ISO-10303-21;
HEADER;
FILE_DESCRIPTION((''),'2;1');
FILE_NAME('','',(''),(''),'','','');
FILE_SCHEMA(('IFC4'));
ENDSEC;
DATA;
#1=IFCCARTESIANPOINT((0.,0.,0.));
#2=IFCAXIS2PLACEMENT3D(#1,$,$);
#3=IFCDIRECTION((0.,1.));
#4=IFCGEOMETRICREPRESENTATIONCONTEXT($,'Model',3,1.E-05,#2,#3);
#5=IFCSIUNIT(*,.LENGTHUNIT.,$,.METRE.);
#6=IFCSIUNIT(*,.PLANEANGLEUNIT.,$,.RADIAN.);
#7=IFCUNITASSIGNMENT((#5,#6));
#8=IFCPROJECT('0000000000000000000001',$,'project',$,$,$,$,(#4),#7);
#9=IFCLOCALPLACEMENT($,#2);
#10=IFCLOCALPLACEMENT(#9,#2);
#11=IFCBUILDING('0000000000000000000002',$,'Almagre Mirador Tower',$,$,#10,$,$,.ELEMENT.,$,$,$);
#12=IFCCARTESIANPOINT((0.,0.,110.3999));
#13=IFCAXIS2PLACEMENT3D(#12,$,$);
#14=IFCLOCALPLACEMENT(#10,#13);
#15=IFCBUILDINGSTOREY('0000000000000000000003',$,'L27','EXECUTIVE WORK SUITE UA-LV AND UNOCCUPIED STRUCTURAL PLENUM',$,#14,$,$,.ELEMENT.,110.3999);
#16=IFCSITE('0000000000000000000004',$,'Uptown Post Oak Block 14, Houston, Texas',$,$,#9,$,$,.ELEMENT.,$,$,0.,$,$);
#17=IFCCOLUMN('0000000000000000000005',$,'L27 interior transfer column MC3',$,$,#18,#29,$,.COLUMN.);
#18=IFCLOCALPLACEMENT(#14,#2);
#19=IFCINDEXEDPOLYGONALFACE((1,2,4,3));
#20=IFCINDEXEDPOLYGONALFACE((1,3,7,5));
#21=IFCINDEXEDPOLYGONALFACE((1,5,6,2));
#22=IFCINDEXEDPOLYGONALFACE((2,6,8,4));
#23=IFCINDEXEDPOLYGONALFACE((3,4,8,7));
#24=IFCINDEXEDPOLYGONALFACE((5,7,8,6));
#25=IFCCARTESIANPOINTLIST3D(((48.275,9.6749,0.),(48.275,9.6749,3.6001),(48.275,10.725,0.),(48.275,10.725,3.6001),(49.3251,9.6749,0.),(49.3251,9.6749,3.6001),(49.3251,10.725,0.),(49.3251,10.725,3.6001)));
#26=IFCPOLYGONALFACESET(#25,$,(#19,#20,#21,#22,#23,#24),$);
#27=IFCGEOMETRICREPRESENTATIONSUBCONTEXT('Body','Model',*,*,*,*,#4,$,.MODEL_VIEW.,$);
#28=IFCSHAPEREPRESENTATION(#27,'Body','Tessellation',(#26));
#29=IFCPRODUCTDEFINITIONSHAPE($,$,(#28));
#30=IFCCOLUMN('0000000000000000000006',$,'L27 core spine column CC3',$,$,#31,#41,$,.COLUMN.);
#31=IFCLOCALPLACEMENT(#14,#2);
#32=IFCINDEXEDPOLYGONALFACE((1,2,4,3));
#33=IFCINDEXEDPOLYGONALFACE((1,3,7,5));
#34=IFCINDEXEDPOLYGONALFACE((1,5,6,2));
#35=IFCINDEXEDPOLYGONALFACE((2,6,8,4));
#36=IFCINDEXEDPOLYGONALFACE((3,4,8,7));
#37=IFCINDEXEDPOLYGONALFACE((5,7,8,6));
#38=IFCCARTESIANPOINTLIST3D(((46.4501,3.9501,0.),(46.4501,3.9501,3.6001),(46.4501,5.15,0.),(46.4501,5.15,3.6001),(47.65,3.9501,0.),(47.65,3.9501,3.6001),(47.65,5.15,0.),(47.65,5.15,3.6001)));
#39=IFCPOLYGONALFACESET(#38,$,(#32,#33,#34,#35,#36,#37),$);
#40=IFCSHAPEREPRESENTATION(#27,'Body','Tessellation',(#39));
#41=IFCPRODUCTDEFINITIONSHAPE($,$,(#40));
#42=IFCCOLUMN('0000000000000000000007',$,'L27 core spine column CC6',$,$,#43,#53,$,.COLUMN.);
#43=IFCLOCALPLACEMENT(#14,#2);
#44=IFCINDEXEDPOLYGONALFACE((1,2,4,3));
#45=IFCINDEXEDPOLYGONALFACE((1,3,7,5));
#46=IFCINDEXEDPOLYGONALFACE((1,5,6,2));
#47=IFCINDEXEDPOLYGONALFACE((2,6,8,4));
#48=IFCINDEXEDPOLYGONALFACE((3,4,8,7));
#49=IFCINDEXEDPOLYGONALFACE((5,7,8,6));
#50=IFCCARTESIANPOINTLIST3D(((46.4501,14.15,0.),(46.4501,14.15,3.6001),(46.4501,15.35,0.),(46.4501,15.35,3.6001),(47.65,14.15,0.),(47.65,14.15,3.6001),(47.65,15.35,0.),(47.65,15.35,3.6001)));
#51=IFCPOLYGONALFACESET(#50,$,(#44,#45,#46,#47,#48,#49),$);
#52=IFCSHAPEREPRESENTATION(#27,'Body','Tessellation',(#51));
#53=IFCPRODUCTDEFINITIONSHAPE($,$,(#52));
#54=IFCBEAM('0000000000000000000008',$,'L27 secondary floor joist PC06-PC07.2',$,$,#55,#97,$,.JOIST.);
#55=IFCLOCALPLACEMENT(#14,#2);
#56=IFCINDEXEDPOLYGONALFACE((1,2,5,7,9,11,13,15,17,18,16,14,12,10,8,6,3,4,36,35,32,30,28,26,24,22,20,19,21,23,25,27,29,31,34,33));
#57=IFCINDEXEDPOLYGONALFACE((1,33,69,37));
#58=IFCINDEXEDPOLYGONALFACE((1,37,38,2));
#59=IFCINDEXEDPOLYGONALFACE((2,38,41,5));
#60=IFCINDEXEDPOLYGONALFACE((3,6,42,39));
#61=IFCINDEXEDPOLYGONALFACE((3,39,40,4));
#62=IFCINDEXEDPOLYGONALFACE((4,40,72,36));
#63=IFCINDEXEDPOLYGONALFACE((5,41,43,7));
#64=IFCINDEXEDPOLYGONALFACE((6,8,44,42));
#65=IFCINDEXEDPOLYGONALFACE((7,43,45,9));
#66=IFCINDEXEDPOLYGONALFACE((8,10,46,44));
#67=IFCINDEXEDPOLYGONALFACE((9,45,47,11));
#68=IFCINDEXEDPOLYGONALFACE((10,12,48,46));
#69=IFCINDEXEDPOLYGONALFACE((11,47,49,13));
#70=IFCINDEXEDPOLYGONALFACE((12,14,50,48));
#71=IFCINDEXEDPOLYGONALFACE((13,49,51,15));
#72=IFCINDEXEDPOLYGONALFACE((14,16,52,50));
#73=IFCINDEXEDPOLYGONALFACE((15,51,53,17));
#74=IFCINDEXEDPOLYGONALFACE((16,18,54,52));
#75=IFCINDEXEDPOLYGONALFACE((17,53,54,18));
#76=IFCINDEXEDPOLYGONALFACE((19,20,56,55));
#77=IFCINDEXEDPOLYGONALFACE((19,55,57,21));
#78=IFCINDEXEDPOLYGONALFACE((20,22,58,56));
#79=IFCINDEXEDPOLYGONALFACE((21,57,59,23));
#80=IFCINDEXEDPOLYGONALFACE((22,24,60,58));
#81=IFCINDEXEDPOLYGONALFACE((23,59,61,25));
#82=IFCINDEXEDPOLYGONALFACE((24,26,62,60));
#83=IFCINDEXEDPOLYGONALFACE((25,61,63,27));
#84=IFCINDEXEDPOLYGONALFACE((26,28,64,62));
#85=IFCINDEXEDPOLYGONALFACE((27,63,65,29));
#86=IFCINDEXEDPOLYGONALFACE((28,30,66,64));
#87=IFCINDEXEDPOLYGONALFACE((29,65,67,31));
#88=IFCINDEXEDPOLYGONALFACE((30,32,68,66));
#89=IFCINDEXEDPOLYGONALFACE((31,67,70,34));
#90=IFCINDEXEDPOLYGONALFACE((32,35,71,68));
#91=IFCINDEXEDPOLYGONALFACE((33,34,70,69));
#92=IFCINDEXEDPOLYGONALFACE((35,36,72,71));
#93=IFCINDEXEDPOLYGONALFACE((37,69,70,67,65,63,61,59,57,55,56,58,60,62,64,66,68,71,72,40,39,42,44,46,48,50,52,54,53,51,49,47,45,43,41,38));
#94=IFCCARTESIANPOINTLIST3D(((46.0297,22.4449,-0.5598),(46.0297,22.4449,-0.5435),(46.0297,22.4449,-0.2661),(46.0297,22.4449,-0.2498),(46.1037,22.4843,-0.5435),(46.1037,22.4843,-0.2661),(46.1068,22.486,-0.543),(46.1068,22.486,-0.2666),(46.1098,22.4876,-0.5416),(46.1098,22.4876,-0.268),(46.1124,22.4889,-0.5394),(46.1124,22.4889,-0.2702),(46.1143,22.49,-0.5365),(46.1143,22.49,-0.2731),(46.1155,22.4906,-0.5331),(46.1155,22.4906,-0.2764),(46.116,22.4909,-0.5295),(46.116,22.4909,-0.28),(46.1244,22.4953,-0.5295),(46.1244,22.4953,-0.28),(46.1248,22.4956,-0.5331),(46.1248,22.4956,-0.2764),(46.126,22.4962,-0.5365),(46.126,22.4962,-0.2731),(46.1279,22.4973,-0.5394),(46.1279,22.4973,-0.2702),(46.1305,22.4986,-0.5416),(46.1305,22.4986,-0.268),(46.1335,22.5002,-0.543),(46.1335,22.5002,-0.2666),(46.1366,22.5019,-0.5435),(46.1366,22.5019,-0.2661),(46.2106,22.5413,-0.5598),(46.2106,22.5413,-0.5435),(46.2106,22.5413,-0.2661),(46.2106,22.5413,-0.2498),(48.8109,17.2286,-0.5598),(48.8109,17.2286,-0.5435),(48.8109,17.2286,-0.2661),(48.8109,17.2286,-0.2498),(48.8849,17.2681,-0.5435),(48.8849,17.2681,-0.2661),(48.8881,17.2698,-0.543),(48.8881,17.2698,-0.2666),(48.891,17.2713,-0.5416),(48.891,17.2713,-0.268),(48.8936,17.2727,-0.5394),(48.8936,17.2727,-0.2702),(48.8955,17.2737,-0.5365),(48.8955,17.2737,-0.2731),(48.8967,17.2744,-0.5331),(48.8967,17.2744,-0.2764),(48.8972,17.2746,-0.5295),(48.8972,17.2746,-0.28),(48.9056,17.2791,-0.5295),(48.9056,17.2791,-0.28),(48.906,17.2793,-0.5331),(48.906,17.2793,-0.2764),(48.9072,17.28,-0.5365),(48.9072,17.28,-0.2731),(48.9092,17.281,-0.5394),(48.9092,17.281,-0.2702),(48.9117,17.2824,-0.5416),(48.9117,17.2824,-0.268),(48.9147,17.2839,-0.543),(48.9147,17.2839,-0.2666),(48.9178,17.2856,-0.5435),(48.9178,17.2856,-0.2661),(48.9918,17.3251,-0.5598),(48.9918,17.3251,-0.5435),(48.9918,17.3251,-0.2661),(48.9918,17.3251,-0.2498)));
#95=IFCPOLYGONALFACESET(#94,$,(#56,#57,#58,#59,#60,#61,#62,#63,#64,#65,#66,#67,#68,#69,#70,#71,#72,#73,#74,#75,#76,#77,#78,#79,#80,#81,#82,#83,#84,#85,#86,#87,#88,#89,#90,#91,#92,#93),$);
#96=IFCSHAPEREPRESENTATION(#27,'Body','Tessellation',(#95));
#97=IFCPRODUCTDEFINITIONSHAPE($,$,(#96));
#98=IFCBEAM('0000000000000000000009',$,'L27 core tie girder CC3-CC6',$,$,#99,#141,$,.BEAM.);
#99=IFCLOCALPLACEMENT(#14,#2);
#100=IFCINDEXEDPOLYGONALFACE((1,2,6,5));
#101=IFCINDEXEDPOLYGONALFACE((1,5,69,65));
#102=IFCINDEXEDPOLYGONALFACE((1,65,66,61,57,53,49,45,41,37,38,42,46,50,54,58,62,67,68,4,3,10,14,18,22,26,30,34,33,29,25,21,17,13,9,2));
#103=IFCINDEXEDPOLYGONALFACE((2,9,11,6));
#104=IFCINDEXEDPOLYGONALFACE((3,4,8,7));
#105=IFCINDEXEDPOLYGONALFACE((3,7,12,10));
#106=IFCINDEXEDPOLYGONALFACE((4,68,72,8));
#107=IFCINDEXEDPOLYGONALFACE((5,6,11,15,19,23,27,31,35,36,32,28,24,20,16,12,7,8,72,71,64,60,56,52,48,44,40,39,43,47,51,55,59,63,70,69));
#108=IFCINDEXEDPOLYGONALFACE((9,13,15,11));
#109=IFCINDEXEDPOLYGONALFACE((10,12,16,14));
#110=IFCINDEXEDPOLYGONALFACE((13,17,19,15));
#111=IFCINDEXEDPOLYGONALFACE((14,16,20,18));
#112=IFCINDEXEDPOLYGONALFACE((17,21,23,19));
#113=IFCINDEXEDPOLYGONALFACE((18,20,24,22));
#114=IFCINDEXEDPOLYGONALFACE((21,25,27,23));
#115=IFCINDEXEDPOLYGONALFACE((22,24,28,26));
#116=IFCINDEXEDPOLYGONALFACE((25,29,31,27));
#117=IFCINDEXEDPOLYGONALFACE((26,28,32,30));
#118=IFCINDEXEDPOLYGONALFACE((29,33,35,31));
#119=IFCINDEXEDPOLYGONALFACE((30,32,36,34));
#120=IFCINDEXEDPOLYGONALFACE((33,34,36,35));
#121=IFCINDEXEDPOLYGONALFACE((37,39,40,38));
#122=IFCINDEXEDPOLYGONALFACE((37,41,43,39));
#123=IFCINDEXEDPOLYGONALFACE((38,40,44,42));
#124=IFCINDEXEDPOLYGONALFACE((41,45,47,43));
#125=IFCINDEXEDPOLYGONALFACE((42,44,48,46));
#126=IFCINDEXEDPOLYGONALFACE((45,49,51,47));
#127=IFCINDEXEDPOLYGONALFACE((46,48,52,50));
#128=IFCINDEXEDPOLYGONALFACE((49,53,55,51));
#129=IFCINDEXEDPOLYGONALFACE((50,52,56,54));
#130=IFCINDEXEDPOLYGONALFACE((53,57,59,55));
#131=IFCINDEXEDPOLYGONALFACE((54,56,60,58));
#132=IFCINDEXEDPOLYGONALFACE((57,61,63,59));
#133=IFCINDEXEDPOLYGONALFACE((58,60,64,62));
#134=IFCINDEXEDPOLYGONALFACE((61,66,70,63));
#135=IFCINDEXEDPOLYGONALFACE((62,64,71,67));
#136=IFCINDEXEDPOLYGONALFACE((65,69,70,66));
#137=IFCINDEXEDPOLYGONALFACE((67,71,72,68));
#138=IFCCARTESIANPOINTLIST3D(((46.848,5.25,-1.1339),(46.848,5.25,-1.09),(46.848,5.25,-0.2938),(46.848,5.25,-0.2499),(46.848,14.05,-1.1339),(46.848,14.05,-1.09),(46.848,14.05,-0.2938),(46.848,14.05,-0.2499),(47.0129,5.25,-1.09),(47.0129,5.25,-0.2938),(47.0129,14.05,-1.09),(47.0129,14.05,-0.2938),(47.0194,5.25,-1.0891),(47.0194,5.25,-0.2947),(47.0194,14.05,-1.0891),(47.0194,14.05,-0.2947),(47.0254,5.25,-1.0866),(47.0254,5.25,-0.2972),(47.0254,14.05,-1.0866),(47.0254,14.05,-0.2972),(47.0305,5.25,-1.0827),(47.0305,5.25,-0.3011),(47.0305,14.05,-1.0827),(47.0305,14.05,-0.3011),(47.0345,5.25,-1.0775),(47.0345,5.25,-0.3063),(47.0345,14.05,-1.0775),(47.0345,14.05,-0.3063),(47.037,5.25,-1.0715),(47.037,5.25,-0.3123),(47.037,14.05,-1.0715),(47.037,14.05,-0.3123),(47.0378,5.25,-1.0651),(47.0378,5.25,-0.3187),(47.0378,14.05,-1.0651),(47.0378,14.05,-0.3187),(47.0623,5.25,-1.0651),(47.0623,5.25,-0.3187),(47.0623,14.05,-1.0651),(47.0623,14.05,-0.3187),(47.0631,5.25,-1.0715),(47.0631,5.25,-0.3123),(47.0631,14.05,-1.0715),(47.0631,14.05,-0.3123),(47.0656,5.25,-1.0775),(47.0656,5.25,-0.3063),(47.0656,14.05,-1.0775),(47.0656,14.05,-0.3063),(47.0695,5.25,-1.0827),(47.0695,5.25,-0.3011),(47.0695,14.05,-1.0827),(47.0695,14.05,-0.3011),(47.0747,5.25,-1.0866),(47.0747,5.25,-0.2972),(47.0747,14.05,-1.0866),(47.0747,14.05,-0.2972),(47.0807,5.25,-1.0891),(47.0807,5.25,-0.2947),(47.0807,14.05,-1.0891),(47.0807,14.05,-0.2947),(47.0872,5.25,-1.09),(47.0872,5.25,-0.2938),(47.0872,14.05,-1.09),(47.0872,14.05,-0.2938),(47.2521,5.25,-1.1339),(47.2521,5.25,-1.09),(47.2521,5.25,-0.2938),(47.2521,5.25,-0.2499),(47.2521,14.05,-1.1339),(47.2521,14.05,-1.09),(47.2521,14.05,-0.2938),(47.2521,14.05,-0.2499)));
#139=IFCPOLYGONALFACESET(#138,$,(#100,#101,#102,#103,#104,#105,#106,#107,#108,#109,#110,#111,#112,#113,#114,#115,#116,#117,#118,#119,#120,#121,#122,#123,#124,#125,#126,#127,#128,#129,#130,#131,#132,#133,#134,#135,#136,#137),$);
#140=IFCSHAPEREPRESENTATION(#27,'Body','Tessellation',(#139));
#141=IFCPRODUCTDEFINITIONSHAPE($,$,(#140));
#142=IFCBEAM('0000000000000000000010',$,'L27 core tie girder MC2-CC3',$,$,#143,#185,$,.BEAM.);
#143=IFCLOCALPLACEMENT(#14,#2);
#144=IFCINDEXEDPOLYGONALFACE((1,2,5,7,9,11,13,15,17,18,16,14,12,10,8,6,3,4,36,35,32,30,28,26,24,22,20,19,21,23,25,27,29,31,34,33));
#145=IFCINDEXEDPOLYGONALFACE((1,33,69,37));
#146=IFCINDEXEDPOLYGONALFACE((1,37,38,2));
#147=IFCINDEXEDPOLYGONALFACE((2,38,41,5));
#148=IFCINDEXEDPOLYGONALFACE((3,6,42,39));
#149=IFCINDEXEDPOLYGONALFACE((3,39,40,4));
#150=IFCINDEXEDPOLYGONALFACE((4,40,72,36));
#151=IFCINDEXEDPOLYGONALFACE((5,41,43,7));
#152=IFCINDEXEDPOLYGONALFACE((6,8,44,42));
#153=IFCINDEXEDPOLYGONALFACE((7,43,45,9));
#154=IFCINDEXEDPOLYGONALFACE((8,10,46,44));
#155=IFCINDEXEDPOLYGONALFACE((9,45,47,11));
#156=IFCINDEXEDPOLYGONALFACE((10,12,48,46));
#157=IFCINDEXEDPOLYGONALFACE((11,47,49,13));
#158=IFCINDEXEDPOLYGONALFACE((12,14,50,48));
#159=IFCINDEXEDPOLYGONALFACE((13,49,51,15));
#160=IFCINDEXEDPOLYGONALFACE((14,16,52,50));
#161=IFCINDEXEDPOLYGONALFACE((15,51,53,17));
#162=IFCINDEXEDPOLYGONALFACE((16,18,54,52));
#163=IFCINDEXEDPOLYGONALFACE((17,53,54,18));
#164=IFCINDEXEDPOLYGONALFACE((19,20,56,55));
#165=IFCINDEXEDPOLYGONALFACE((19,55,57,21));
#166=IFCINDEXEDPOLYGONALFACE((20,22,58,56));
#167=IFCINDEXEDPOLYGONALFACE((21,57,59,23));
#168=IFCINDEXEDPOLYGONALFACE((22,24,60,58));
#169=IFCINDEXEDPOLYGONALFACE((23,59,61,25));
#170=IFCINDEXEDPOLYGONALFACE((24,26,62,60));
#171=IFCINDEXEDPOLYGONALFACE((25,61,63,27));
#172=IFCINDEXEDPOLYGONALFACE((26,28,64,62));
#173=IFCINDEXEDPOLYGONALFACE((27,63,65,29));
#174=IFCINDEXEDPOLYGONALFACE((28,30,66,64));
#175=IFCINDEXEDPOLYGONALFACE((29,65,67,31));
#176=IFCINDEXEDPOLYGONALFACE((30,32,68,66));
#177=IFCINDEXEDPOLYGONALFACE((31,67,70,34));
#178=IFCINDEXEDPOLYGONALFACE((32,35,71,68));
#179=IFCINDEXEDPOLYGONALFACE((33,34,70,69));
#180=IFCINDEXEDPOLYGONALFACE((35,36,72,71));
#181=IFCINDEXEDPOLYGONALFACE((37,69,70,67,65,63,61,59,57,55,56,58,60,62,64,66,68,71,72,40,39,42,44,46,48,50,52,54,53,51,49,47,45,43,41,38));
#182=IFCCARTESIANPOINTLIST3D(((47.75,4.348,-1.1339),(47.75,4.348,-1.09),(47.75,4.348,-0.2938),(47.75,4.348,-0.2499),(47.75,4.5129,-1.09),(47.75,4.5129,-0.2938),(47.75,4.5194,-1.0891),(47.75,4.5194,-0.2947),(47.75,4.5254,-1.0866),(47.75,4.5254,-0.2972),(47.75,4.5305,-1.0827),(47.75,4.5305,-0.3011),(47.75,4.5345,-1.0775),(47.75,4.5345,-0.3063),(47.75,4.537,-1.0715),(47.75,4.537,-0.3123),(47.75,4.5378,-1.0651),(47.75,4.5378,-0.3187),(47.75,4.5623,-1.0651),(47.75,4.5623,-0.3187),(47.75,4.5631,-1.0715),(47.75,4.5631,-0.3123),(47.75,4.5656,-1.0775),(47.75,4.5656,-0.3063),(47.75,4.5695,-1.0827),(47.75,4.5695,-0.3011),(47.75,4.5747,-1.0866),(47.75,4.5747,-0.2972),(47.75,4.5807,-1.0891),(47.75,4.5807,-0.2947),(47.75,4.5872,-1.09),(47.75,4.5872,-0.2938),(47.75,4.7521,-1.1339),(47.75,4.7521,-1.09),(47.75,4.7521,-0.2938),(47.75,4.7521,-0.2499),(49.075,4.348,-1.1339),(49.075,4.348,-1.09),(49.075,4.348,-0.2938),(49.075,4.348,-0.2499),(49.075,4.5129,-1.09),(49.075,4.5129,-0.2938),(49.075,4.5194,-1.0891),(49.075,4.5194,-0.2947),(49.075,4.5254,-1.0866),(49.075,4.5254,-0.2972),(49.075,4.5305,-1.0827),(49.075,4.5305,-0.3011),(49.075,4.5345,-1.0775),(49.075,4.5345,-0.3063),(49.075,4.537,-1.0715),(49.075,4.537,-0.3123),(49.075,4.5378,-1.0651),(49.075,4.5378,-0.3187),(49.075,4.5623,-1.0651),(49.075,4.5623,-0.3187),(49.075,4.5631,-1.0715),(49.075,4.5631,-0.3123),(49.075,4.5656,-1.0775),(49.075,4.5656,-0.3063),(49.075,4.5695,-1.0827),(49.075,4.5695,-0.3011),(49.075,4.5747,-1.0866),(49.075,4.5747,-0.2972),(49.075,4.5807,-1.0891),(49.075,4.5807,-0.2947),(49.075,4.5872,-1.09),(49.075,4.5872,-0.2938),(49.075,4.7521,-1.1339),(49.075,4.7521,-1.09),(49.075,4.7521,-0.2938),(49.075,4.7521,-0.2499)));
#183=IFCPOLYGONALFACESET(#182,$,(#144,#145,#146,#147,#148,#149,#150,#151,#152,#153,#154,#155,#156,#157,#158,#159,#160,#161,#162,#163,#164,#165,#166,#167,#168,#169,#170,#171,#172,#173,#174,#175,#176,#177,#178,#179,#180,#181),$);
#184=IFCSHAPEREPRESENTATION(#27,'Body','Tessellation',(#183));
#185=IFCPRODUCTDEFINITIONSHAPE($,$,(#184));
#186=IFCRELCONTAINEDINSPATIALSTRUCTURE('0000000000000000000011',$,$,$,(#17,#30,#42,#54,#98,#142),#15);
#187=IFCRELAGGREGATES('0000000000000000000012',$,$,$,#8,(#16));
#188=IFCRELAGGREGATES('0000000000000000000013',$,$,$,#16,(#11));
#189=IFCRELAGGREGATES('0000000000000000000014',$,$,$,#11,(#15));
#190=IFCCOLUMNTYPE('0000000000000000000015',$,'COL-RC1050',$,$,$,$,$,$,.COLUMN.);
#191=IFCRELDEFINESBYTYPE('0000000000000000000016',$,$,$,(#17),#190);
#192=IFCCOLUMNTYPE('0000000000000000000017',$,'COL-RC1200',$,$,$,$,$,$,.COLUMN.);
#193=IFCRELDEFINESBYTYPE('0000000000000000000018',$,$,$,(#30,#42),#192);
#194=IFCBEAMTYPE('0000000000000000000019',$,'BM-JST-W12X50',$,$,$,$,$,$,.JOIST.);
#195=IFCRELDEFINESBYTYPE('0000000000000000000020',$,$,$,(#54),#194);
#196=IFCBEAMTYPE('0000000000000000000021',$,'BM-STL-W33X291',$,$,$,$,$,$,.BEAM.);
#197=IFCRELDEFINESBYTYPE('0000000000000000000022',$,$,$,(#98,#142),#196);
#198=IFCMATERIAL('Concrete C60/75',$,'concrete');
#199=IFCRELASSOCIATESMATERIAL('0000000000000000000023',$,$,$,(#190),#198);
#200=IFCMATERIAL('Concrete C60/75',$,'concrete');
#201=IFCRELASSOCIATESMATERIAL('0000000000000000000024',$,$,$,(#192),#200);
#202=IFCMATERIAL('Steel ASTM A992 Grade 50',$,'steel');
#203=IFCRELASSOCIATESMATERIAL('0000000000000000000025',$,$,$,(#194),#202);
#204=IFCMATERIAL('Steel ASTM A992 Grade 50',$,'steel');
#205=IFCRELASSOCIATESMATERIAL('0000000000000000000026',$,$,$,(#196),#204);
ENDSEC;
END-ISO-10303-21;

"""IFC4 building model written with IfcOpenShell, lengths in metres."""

from ifc_helpers import new_model, si_unit, direction, frame, origin, origin_2d, place, context, subcontext, project, spatial, rectangle, i_section, extrude, material, material_profile, profile_set, type_object, element, save


model = new_model("IFC4")

# Units and contexts
model_context = context("Model", 3, precision=1e-05, world=origin(), true_north=direction((0.0, 1.0)))
body_context = subcontext(model_context, "Body", "Model", "MODEL_VIEW")
ifc_project = project(units=[si_unit("LENGTHUNIT", "METRE"), si_unit("PLANEANGLEUNIT", "RADIAN")], contexts=[model_context])

# Site, building, storey
site_placement = place(None, origin())
site = spatial("IfcSite", under=ifc_project, at=site_placement, Name="Uptown Post Oak Block 14, Houston, Texas", CompositionType="ELEMENT", RefElevation=0.0)
building_placement = place(site_placement, origin())
building = spatial("IfcBuilding", under=site, at=building_placement, Name="Almagre Mirador Tower", CompositionType="ELEMENT")
storey_placement = place(building_placement, frame((0.0, 0.0, 110.3999)))
storey = spatial("IfcBuildingStorey", under=building, at=storey_placement, Name="L27", Description="EXECUTIVE WORK SUITE UA-LV AND UNOCCUPIED STRUCTURAL PLENUM", CompositionType="ELEMENT", Elevation=110.3999)

# Columns
ifc_material_1 = material(Name="Concrete C60/75", Category="concrete")
ifc_material_profile_1 = material_profile(ifc_material_1, rectangle(XDim=1.05, YDim=1.05, at=origin_2d()), Name="RC1050X1050")
ifc_profile_set_1 = profile_set([ifc_material_profile_1], Name="Concrete C60/75")
column_type_1 = type_object("IfcColumnType", Name="COL-RC1050", PredefinedType="COLUMN", material=ifc_profile_set_1)
column_placement = place(storey_placement, frame((48.8, 10.2, 0.0), z_axis=(0.0, 0.0, 1.0), x_axis=(1.0, 0.0, 0.0)))
element("IfcColumn", 1, at=column_placement, inside=storey, type_object=column_type_1, Name="L27 interior transfer column MC3", PredefinedType="COLUMN", context=body_context, shape_type="SweptSolid", body=[
    extrude(rectangle(XDim=1.05, YDim=1.05, at=origin_2d()), origin(), (0.0, 0.0, 1.0), 3.6001),
])
ifc_material_2 = material(Name="Concrete C60/75", Category="concrete")
ifc_material_profile_2 = material_profile(ifc_material_2, rectangle(XDim=1.2, YDim=1.2, at=origin_2d()), Name="RC1200X1200")
ifc_profile_set_2 = profile_set([ifc_material_profile_2], Name="Concrete C60/75")
column_type_2 = type_object("IfcColumnType", Name="COL-RC1200", PredefinedType="COLUMN", material=ifc_profile_set_2)
for number, where, z_axis, x_axis, name in (
    (2, (47.05, 4.55, 0.0), (0.0, 0.0, 1.0), (1.0, 0.0, 0.0), "L27 core spine column CC3"),
    (3, (47.05, 14.75, 0.0), (0.0, 0.0, 1.0), (1.0, 0.0, 0.0), "L27 core spine column CC6"),
):
    element("IfcColumn", number, at=place(storey_placement, frame(where, z_axis=z_axis, x_axis=x_axis)), inside=storey, type_object=column_type_2, Name=name, PredefinedType="COLUMN", context=body_context, shape_type="SweptSolid", body=[
        extrude(rectangle(XDim=1.2, YDim=1.2, at=origin_2d()), origin(), (0.0, 0.0, 1.0), 3.6001),
    ])

# Beams
ifc_material_3 = material(Name="Steel ASTM A992 Grade 50", Category="steel")
ifc_material_profile_3 = material_profile(ifc_material_3, i_section(OverallWidth=0.2051, OverallDepth=0.3101, WebThickness=0.0095, FlangeThickness=0.0164, FilletRadius=0.0139, at=origin_2d()), Name="W12X50")
ifc_profile_set_3 = profile_set([ifc_material_profile_3], Name="Steel ASTM A992 Grade 50")
beam_type_1 = type_object("IfcBeamType", Name="BM-JST-W12X50", PredefinedType="JOIST", material=ifc_profile_set_3)
beam_1_placement = place(storey_placement, frame((48.9014, 17.2769, -0.4048), z_axis=(-0.470485, 0.882408, 0.0), x_axis=(-0.882408, -0.470485, 0.0)))
element("IfcBeam", 4, at=beam_1_placement, inside=storey, type_object=beam_type_1, Name="L27 secondary floor joist PC06-PC07.2", PredefinedType="JOIST", context=body_context, shape_type="SweptSolid", body=[
    extrude(i_section(OverallWidth=0.2051, OverallDepth=0.3101, WebThickness=0.0095, FlangeThickness=0.0164, FilletRadius=0.0139, at=origin_2d()), origin(), (0.0, 0.0, 1.0), 5.9114),
])
ifc_material_4 = material(Name="Steel ASTM A992 Grade 50", Category="steel")
ifc_material_profile_4 = material_profile(ifc_material_4, i_section(OverallWidth=0.4041, OverallDepth=0.884, WebThickness=0.0244, FlangeThickness=0.0439, FilletRadius=0.0249, at=origin_2d()), Name="W33X291")
ifc_profile_set_4 = profile_set([ifc_material_profile_4], Name="Steel ASTM A992 Grade 50")
beam_type_2 = type_object("IfcBeamType", Name="BM-STL-W33X291", PredefinedType="BEAM", material=ifc_profile_set_4)
beam_2_placement = place(storey_placement, frame((47.05, 5.25, -0.6919), z_axis=(0.0, 1.0, 0.0), x_axis=(-1.0, 0.0, 0.0)))
element("IfcBeam", 5, at=beam_2_placement, inside=storey, type_object=beam_type_2, Name="L27 core tie girder CC3-CC6", PredefinedType="BEAM", context=body_context, shape_type="SweptSolid", body=[
    extrude(i_section(OverallWidth=0.4041, OverallDepth=0.884, WebThickness=0.0244, FlangeThickness=0.0439, FilletRadius=0.0249, at=origin_2d()), origin(), (0.0, 0.0, 1.0), 8.8),
])
beam_3_placement = place(storey_placement, frame((49.075, 4.55, -0.6919), z_axis=(-1.0, 0.0, 0.0), x_axis=(0.0, -1.0, 0.0)))
element("IfcBeam", 6, at=beam_3_placement, inside=storey, type_object=beam_type_2, Name="L27 core tie girder MC2-CC3", PredefinedType="BEAM", context=body_context, shape_type="SweptSolid", body=[
    extrude(i_section(OverallWidth=0.4041, OverallDepth=0.884, WebThickness=0.0244, FlangeThickness=0.0439, FilletRadius=0.0249, at=origin_2d()), origin(), (0.0, 0.0, 1.0), 1.325),
])

save(model, "model.ifc")
